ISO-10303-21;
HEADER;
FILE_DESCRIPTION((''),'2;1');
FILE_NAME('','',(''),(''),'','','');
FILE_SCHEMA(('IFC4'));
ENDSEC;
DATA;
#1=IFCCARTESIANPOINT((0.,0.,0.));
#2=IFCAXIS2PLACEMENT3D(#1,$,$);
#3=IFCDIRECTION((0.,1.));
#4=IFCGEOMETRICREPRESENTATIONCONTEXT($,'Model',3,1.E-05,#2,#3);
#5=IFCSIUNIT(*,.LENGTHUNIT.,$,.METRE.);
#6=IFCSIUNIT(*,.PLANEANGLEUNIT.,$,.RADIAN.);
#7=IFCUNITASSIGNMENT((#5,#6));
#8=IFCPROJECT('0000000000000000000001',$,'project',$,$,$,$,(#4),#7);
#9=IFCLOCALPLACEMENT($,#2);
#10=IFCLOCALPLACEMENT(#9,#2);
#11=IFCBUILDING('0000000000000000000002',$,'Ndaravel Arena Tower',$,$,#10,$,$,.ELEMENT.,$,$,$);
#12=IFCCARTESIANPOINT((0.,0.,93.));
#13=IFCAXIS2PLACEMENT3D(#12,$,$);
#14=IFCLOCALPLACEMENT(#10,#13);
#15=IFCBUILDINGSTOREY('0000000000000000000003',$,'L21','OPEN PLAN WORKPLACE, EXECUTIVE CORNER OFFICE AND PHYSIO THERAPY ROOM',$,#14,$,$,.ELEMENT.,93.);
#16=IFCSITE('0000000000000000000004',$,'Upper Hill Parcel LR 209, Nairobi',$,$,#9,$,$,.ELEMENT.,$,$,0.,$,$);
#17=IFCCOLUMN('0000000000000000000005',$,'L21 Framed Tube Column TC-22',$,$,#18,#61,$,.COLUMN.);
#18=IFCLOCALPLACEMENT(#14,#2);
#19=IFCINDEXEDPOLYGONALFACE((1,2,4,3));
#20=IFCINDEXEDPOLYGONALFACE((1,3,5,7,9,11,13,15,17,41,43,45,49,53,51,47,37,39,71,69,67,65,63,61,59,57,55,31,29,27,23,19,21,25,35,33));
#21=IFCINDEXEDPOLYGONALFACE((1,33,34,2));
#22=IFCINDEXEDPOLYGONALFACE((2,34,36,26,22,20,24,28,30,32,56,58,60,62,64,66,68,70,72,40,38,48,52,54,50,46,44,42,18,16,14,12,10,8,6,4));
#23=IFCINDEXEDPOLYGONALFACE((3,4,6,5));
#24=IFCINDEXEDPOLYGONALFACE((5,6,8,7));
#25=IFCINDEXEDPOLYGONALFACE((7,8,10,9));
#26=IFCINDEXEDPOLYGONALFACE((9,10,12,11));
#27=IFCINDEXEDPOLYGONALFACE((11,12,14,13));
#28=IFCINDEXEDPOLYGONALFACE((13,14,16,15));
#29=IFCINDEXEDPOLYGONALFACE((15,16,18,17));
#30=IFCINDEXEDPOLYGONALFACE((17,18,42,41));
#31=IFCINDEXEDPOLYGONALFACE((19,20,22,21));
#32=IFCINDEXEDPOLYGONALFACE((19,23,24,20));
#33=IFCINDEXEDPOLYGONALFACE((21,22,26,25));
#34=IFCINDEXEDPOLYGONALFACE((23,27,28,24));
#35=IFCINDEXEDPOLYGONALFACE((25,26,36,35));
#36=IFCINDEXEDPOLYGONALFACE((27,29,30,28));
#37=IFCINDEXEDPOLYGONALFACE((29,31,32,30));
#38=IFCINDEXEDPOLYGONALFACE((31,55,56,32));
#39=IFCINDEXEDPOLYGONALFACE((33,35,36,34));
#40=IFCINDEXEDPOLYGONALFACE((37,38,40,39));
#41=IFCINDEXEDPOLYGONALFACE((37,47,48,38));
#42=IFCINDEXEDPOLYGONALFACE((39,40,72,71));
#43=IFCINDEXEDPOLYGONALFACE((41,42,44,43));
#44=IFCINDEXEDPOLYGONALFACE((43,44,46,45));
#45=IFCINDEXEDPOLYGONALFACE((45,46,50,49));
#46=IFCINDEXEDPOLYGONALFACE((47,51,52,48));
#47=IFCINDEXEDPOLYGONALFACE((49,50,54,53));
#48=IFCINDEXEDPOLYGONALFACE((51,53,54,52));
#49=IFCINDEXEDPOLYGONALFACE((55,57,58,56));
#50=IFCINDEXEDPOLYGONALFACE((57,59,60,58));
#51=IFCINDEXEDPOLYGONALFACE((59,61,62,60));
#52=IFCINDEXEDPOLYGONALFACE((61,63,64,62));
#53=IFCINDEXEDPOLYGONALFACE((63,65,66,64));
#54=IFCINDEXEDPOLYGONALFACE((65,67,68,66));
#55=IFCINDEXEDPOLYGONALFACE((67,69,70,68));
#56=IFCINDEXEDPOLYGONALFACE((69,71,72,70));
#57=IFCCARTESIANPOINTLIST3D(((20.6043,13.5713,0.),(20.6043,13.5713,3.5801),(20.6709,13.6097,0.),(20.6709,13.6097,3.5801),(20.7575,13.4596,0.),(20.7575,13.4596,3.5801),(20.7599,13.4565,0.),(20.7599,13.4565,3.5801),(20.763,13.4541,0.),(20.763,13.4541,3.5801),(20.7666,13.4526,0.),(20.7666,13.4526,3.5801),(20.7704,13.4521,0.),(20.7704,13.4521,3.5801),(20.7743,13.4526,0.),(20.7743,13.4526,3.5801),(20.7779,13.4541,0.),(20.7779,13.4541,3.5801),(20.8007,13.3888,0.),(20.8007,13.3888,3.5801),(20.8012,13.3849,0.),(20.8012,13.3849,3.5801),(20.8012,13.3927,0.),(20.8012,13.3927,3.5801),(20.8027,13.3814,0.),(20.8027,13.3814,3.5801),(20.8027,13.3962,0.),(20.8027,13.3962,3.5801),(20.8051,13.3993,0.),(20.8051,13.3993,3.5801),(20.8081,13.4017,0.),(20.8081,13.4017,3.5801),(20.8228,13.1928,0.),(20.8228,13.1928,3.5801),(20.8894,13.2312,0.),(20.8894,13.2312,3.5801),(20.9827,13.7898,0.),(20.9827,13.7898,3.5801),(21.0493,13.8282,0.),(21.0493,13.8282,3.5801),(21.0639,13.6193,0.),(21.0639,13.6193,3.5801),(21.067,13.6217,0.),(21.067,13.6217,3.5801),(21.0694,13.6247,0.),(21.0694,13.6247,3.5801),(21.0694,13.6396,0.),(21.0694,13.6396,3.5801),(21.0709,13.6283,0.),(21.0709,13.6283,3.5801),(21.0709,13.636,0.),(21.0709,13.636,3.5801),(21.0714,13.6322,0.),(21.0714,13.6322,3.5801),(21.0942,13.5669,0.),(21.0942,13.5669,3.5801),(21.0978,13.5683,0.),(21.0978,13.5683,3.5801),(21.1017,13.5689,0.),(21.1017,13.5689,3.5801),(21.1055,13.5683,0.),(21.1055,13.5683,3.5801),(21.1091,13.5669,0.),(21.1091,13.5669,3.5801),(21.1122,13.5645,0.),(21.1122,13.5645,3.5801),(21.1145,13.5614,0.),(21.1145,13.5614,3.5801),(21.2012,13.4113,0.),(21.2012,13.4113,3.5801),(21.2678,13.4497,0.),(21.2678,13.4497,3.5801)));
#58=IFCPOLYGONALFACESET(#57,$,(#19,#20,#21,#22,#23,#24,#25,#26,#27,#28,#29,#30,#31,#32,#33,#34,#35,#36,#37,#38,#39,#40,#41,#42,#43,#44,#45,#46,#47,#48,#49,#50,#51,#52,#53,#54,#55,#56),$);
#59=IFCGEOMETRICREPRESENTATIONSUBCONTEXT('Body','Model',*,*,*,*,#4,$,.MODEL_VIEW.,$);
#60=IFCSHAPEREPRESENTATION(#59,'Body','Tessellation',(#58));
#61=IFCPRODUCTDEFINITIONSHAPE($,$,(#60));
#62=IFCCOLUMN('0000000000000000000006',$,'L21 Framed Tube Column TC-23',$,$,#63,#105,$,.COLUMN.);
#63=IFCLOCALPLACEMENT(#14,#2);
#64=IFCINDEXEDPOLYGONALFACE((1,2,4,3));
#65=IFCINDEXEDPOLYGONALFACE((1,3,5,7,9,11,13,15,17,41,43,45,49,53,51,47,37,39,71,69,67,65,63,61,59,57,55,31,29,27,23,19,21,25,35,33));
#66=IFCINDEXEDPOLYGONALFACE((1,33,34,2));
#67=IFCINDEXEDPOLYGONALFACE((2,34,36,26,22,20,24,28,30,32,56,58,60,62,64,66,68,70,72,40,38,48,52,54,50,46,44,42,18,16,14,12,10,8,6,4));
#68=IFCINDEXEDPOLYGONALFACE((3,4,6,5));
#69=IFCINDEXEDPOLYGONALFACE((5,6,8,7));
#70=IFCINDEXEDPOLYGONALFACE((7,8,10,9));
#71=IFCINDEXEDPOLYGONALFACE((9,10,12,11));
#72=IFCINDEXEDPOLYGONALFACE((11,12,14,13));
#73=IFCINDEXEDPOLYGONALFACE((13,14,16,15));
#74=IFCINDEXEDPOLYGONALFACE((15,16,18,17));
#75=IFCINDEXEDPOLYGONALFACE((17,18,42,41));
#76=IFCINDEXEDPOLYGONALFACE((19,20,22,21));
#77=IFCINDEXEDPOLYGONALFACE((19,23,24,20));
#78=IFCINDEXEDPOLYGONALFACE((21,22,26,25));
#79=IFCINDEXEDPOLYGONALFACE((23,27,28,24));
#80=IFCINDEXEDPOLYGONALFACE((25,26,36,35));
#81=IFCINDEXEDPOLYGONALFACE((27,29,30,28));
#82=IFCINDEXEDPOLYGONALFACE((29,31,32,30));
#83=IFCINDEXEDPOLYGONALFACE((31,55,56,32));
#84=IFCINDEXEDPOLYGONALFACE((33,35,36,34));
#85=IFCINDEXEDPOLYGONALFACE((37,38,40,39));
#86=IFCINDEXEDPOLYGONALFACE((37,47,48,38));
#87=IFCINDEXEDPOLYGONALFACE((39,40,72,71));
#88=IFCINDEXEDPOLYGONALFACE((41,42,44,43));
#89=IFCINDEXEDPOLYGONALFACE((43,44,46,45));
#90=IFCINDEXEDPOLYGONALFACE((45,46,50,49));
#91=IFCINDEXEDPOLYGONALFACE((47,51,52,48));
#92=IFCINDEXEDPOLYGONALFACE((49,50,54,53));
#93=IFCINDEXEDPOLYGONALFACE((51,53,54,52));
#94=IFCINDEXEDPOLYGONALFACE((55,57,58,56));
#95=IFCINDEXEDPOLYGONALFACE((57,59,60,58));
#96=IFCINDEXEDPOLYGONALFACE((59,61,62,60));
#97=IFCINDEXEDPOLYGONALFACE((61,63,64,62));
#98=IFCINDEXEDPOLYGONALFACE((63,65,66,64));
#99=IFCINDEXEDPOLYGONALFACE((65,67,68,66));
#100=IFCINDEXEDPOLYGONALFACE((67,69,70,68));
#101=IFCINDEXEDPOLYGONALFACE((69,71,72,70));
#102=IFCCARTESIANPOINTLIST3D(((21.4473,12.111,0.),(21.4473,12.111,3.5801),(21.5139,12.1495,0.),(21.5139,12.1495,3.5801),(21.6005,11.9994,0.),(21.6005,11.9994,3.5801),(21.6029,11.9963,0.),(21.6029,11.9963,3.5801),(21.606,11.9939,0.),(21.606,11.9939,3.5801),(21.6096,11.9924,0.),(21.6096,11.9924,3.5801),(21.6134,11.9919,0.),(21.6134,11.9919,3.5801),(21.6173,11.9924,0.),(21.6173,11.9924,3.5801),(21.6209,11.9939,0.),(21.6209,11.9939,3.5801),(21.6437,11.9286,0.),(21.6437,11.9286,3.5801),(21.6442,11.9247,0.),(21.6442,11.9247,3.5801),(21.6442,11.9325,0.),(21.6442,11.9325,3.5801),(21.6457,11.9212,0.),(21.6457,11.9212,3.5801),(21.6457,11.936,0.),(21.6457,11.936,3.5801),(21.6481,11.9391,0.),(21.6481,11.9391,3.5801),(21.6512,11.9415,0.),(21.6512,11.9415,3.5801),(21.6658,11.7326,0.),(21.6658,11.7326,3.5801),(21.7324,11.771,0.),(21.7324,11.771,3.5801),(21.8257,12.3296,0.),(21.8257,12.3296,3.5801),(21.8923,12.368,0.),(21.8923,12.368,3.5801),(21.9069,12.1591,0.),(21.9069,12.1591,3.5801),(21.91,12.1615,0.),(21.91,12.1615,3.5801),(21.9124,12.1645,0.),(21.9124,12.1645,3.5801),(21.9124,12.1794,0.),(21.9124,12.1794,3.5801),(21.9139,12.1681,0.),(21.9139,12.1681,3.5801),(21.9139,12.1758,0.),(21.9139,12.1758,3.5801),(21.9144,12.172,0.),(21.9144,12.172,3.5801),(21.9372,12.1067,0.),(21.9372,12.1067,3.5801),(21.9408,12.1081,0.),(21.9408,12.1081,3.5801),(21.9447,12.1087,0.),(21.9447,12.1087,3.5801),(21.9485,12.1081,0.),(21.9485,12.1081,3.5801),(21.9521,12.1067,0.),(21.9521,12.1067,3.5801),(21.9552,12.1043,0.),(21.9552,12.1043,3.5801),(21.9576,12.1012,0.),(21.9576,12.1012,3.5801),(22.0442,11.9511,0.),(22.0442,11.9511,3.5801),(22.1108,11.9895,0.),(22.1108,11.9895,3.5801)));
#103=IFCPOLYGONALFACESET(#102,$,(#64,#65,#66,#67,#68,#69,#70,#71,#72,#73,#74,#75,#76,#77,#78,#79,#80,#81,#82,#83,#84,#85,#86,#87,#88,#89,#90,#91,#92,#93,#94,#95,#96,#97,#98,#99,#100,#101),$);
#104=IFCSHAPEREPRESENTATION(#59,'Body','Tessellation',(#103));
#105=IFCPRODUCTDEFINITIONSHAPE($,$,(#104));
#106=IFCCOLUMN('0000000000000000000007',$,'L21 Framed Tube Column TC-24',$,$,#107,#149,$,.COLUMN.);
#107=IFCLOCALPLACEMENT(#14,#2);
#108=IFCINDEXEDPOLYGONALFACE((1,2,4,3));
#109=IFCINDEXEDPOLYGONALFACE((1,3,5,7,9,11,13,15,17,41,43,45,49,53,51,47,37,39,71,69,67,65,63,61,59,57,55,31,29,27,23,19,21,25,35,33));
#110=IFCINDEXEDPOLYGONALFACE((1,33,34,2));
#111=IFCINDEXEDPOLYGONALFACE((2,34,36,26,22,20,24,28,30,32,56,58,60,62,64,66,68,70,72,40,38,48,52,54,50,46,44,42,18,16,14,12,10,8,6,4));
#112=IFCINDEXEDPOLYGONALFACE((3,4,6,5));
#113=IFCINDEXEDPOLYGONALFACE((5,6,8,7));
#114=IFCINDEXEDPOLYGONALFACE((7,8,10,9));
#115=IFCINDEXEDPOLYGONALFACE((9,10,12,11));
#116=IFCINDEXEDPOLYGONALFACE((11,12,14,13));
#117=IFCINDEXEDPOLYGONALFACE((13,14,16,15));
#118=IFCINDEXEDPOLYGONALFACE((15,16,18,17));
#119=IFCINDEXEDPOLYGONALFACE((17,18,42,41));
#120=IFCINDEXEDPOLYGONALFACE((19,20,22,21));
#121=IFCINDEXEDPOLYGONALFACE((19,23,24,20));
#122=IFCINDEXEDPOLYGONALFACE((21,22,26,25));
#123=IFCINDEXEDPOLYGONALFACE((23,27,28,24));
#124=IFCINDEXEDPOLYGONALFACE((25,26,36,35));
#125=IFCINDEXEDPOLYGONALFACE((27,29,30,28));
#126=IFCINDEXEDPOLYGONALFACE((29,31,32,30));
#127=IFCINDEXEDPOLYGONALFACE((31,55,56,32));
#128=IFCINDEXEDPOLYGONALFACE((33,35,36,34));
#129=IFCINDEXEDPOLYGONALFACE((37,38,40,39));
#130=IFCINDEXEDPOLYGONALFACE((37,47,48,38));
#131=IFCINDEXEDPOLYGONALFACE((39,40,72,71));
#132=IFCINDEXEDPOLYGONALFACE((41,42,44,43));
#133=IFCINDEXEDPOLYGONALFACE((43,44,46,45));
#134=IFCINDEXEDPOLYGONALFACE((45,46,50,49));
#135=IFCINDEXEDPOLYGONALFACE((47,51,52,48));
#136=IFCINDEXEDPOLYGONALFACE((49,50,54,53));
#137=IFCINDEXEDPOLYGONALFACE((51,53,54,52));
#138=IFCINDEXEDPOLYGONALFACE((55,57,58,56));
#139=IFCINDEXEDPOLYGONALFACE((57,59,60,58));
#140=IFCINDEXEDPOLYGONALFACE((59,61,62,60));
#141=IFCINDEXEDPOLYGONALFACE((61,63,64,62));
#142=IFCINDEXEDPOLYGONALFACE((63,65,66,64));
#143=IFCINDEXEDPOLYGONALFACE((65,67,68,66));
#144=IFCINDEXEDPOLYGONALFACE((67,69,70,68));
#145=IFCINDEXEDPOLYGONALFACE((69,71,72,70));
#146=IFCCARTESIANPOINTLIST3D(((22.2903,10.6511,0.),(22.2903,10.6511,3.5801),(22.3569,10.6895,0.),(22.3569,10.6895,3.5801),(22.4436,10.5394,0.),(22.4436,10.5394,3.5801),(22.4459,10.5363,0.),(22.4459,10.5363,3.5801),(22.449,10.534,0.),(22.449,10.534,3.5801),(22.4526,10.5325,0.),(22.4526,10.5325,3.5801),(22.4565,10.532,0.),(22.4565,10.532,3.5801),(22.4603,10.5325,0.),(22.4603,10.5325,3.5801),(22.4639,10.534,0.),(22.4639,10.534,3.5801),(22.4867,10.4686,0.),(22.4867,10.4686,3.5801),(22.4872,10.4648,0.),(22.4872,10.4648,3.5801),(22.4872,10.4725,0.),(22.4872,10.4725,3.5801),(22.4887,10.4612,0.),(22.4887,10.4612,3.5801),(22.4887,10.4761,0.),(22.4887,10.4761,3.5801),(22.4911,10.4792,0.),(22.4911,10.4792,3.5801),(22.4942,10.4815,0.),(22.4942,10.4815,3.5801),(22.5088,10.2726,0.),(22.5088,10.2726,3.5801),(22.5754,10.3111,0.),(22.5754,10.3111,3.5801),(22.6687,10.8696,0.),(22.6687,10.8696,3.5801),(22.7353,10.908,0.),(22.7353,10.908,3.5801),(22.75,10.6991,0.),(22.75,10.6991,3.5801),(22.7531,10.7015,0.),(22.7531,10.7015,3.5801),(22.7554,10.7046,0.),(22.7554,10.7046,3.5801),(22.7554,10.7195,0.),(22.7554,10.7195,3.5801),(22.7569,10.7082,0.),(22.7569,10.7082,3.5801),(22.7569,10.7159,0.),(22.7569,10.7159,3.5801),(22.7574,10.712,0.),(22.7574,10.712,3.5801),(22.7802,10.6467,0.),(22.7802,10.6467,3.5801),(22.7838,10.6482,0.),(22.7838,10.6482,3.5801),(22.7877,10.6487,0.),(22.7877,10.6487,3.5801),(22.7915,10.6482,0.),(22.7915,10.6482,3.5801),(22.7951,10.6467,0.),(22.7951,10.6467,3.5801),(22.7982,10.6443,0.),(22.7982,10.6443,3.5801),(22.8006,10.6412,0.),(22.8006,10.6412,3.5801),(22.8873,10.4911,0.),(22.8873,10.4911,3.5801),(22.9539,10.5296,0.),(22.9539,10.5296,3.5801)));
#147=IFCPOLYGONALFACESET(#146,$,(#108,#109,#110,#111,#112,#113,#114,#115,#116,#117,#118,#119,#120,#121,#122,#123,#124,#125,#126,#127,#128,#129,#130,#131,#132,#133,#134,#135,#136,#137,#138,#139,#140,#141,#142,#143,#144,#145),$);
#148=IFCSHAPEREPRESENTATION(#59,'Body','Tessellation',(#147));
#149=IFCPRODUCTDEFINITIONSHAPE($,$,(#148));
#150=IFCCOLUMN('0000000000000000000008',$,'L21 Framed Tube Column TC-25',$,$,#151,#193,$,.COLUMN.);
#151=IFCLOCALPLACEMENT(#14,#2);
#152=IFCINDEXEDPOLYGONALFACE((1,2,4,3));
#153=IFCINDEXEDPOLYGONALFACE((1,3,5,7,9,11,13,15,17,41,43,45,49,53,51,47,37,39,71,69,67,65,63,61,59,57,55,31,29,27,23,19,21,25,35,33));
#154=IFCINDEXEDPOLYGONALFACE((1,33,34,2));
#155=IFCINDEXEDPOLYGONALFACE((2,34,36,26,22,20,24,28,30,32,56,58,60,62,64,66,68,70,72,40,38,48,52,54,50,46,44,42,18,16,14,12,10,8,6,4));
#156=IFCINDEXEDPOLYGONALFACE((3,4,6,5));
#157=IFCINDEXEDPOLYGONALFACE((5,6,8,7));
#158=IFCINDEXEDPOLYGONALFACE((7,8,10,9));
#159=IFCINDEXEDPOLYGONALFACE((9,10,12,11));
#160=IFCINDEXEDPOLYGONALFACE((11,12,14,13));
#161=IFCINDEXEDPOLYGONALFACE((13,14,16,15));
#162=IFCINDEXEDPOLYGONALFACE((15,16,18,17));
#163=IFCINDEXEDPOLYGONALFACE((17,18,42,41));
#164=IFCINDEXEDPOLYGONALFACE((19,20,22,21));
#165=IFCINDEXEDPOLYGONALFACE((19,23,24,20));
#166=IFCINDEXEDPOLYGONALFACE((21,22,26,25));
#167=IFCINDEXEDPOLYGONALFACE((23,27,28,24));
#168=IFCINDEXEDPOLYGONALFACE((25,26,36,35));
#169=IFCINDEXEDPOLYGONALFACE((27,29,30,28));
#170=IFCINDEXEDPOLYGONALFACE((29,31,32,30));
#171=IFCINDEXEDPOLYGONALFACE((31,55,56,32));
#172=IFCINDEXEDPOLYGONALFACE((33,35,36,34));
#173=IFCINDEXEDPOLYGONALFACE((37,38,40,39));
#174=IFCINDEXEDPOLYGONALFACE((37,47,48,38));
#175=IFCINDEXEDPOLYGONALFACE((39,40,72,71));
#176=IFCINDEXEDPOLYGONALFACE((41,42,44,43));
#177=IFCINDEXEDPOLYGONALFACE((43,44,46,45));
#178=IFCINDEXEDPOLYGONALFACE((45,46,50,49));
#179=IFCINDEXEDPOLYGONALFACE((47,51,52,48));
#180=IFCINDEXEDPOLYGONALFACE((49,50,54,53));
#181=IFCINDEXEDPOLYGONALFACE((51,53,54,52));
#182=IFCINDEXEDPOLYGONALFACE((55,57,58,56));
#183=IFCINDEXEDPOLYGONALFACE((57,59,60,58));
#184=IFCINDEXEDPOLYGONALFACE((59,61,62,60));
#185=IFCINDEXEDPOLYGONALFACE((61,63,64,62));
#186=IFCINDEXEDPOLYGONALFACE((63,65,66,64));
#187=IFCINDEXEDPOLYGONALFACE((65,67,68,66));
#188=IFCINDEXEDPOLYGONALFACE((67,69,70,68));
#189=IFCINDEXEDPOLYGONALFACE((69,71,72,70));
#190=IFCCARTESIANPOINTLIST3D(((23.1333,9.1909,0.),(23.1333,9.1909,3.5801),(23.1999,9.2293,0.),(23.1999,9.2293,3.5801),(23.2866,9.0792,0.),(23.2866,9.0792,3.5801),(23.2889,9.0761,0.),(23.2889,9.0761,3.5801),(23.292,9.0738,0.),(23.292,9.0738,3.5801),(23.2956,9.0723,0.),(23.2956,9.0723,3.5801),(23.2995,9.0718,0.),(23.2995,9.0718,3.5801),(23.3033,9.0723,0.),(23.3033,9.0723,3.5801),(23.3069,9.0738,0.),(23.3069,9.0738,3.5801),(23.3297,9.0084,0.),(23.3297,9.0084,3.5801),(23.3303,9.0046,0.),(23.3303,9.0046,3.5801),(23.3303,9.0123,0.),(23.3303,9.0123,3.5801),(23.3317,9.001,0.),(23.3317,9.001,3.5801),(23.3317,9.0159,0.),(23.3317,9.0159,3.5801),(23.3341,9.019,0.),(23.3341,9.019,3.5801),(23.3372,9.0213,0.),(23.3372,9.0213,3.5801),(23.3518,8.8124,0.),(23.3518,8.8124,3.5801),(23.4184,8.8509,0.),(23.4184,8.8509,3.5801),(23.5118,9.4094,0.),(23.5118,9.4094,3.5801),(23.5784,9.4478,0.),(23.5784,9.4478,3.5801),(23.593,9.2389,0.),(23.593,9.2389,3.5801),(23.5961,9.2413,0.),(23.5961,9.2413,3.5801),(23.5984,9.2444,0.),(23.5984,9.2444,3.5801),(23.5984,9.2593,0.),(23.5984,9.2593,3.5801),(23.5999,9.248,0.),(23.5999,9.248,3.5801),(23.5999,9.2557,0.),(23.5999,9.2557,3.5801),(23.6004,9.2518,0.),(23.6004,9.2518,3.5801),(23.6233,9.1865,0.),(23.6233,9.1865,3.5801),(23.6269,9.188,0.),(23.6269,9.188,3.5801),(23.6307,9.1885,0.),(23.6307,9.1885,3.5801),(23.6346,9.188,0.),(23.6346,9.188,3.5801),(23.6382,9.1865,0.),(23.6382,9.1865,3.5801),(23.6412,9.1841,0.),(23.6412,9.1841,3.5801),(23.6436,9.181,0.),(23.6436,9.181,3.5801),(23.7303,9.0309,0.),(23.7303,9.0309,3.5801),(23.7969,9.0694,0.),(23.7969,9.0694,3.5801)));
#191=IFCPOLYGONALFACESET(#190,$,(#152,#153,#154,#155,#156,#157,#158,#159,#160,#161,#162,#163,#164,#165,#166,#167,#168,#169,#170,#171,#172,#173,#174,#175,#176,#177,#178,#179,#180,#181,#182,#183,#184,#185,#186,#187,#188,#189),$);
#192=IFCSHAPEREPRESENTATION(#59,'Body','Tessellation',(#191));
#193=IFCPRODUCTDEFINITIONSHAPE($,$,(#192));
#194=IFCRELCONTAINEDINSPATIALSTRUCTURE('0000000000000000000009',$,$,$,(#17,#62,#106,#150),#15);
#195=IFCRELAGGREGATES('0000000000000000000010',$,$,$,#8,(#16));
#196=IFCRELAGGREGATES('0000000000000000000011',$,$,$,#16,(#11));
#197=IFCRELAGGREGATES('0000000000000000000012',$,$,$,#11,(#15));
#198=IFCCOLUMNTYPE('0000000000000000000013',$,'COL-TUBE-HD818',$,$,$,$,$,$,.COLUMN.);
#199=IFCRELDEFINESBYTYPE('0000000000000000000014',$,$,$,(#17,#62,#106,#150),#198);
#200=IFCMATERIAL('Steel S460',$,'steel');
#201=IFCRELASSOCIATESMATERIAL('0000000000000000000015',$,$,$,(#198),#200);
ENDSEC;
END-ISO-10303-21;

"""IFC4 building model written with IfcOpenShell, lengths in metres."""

from ifc_helpers import new_model, si_unit, direction, frame, origin, origin_2d, place, context, subcontext, project, spatial, i_section, extrude, material, material_profile, profile_set, type_object, element, save


model = new_model("IFC4")

# Units and contexts
model_context = context("Model", 3, precision=1e-05, world=origin(), true_north=direction((0.0, 1.0)))
body_context = subcontext(model_context, "Body", "Model", "MODEL_VIEW")
ifc_project = project(units=[si_unit("LENGTHUNIT", "METRE"), si_unit("PLANEANGLEUNIT", "RADIAN")], contexts=[model_context])

# Site, building, storey
site_placement = place(None, origin())
site = spatial("IfcSite", under=ifc_project, at=site_placement, Name="Upper Hill Parcel LR 209, Nairobi", CompositionType="ELEMENT", RefElevation=0.0)
building_placement = place(site_placement, origin())
building = spatial("IfcBuilding", under=site, at=building_placement, Name="Ndaravel Arena Tower", CompositionType="ELEMENT")
storey_placement = place(building_placement, frame((0.0, 0.0, 93.0)))
storey = spatial("IfcBuildingStorey", under=building, at=storey_placement, Name="L21", Description="OPEN PLAN WORKPLACE, EXECUTIVE CORNER OFFICE AND PHYSIO THERAPY ROOM", CompositionType="ELEMENT", Elevation=93.0)

# Columns
ifc_material_1 = material(Name="Steel S460", Category="steel")
ifc_material_profile_1 = material_profile(ifc_material_1, i_section(OverallWidth=0.437, OverallDepth=0.5139, WebThickness=0.0605, FlangeThickness=0.0769, FilletRadius=0.0149, at=origin_2d()), Name="HD 400x818")
ifc_profile_set_1 = profile_set([ifc_material_profile_1], Name="Steel S460")
column_type = type_object("IfcColumnType", Name="COL-TUBE-HD818", PredefinedType="COLUMN", material=ifc_profile_set_1)
for number, where, z_axis, x_axis, name in (
    (1, (20.936, 13.5105, 0.0), (0.0, 0.0, 1.0), (-0.5, 0.866025, 0.0), "L21 Framed Tube Column TC-22"),
    (2, (21.7791, 12.0503, 0.0), (0.0, 0.0, 1.0), (-0.5, 0.866025, 0.0), "L21 Framed Tube Column TC-23"),
    (3, (22.6221, 10.5903, 0.0), (0.0, 0.0, 1.0), (-0.5, 0.866025, 0.0), "L21 Framed Tube Column TC-24"),
    (4, (23.4651, 9.1301, 0.0), (0.0, 0.0, 1.0), (-0.5, 0.866025, 0.0), "L21 Framed Tube Column TC-25"),
):
    element("IfcColumn", number, at=place(storey_placement, frame(where, z_axis=z_axis, x_axis=x_axis)), inside=storey, type_object=column_type, Name=name, PredefinedType="COLUMN", context=body_context, shape_type="SweptSolid", body=[
        extrude(i_section(OverallWidth=0.437, OverallDepth=0.5139, WebThickness=0.0605, FlangeThickness=0.0769, FilletRadius=0.0149, at=origin_2d()), origin(), (0.0, 0.0, 1.0), 3.5801),
    ])

save(model, "model.ifc")
